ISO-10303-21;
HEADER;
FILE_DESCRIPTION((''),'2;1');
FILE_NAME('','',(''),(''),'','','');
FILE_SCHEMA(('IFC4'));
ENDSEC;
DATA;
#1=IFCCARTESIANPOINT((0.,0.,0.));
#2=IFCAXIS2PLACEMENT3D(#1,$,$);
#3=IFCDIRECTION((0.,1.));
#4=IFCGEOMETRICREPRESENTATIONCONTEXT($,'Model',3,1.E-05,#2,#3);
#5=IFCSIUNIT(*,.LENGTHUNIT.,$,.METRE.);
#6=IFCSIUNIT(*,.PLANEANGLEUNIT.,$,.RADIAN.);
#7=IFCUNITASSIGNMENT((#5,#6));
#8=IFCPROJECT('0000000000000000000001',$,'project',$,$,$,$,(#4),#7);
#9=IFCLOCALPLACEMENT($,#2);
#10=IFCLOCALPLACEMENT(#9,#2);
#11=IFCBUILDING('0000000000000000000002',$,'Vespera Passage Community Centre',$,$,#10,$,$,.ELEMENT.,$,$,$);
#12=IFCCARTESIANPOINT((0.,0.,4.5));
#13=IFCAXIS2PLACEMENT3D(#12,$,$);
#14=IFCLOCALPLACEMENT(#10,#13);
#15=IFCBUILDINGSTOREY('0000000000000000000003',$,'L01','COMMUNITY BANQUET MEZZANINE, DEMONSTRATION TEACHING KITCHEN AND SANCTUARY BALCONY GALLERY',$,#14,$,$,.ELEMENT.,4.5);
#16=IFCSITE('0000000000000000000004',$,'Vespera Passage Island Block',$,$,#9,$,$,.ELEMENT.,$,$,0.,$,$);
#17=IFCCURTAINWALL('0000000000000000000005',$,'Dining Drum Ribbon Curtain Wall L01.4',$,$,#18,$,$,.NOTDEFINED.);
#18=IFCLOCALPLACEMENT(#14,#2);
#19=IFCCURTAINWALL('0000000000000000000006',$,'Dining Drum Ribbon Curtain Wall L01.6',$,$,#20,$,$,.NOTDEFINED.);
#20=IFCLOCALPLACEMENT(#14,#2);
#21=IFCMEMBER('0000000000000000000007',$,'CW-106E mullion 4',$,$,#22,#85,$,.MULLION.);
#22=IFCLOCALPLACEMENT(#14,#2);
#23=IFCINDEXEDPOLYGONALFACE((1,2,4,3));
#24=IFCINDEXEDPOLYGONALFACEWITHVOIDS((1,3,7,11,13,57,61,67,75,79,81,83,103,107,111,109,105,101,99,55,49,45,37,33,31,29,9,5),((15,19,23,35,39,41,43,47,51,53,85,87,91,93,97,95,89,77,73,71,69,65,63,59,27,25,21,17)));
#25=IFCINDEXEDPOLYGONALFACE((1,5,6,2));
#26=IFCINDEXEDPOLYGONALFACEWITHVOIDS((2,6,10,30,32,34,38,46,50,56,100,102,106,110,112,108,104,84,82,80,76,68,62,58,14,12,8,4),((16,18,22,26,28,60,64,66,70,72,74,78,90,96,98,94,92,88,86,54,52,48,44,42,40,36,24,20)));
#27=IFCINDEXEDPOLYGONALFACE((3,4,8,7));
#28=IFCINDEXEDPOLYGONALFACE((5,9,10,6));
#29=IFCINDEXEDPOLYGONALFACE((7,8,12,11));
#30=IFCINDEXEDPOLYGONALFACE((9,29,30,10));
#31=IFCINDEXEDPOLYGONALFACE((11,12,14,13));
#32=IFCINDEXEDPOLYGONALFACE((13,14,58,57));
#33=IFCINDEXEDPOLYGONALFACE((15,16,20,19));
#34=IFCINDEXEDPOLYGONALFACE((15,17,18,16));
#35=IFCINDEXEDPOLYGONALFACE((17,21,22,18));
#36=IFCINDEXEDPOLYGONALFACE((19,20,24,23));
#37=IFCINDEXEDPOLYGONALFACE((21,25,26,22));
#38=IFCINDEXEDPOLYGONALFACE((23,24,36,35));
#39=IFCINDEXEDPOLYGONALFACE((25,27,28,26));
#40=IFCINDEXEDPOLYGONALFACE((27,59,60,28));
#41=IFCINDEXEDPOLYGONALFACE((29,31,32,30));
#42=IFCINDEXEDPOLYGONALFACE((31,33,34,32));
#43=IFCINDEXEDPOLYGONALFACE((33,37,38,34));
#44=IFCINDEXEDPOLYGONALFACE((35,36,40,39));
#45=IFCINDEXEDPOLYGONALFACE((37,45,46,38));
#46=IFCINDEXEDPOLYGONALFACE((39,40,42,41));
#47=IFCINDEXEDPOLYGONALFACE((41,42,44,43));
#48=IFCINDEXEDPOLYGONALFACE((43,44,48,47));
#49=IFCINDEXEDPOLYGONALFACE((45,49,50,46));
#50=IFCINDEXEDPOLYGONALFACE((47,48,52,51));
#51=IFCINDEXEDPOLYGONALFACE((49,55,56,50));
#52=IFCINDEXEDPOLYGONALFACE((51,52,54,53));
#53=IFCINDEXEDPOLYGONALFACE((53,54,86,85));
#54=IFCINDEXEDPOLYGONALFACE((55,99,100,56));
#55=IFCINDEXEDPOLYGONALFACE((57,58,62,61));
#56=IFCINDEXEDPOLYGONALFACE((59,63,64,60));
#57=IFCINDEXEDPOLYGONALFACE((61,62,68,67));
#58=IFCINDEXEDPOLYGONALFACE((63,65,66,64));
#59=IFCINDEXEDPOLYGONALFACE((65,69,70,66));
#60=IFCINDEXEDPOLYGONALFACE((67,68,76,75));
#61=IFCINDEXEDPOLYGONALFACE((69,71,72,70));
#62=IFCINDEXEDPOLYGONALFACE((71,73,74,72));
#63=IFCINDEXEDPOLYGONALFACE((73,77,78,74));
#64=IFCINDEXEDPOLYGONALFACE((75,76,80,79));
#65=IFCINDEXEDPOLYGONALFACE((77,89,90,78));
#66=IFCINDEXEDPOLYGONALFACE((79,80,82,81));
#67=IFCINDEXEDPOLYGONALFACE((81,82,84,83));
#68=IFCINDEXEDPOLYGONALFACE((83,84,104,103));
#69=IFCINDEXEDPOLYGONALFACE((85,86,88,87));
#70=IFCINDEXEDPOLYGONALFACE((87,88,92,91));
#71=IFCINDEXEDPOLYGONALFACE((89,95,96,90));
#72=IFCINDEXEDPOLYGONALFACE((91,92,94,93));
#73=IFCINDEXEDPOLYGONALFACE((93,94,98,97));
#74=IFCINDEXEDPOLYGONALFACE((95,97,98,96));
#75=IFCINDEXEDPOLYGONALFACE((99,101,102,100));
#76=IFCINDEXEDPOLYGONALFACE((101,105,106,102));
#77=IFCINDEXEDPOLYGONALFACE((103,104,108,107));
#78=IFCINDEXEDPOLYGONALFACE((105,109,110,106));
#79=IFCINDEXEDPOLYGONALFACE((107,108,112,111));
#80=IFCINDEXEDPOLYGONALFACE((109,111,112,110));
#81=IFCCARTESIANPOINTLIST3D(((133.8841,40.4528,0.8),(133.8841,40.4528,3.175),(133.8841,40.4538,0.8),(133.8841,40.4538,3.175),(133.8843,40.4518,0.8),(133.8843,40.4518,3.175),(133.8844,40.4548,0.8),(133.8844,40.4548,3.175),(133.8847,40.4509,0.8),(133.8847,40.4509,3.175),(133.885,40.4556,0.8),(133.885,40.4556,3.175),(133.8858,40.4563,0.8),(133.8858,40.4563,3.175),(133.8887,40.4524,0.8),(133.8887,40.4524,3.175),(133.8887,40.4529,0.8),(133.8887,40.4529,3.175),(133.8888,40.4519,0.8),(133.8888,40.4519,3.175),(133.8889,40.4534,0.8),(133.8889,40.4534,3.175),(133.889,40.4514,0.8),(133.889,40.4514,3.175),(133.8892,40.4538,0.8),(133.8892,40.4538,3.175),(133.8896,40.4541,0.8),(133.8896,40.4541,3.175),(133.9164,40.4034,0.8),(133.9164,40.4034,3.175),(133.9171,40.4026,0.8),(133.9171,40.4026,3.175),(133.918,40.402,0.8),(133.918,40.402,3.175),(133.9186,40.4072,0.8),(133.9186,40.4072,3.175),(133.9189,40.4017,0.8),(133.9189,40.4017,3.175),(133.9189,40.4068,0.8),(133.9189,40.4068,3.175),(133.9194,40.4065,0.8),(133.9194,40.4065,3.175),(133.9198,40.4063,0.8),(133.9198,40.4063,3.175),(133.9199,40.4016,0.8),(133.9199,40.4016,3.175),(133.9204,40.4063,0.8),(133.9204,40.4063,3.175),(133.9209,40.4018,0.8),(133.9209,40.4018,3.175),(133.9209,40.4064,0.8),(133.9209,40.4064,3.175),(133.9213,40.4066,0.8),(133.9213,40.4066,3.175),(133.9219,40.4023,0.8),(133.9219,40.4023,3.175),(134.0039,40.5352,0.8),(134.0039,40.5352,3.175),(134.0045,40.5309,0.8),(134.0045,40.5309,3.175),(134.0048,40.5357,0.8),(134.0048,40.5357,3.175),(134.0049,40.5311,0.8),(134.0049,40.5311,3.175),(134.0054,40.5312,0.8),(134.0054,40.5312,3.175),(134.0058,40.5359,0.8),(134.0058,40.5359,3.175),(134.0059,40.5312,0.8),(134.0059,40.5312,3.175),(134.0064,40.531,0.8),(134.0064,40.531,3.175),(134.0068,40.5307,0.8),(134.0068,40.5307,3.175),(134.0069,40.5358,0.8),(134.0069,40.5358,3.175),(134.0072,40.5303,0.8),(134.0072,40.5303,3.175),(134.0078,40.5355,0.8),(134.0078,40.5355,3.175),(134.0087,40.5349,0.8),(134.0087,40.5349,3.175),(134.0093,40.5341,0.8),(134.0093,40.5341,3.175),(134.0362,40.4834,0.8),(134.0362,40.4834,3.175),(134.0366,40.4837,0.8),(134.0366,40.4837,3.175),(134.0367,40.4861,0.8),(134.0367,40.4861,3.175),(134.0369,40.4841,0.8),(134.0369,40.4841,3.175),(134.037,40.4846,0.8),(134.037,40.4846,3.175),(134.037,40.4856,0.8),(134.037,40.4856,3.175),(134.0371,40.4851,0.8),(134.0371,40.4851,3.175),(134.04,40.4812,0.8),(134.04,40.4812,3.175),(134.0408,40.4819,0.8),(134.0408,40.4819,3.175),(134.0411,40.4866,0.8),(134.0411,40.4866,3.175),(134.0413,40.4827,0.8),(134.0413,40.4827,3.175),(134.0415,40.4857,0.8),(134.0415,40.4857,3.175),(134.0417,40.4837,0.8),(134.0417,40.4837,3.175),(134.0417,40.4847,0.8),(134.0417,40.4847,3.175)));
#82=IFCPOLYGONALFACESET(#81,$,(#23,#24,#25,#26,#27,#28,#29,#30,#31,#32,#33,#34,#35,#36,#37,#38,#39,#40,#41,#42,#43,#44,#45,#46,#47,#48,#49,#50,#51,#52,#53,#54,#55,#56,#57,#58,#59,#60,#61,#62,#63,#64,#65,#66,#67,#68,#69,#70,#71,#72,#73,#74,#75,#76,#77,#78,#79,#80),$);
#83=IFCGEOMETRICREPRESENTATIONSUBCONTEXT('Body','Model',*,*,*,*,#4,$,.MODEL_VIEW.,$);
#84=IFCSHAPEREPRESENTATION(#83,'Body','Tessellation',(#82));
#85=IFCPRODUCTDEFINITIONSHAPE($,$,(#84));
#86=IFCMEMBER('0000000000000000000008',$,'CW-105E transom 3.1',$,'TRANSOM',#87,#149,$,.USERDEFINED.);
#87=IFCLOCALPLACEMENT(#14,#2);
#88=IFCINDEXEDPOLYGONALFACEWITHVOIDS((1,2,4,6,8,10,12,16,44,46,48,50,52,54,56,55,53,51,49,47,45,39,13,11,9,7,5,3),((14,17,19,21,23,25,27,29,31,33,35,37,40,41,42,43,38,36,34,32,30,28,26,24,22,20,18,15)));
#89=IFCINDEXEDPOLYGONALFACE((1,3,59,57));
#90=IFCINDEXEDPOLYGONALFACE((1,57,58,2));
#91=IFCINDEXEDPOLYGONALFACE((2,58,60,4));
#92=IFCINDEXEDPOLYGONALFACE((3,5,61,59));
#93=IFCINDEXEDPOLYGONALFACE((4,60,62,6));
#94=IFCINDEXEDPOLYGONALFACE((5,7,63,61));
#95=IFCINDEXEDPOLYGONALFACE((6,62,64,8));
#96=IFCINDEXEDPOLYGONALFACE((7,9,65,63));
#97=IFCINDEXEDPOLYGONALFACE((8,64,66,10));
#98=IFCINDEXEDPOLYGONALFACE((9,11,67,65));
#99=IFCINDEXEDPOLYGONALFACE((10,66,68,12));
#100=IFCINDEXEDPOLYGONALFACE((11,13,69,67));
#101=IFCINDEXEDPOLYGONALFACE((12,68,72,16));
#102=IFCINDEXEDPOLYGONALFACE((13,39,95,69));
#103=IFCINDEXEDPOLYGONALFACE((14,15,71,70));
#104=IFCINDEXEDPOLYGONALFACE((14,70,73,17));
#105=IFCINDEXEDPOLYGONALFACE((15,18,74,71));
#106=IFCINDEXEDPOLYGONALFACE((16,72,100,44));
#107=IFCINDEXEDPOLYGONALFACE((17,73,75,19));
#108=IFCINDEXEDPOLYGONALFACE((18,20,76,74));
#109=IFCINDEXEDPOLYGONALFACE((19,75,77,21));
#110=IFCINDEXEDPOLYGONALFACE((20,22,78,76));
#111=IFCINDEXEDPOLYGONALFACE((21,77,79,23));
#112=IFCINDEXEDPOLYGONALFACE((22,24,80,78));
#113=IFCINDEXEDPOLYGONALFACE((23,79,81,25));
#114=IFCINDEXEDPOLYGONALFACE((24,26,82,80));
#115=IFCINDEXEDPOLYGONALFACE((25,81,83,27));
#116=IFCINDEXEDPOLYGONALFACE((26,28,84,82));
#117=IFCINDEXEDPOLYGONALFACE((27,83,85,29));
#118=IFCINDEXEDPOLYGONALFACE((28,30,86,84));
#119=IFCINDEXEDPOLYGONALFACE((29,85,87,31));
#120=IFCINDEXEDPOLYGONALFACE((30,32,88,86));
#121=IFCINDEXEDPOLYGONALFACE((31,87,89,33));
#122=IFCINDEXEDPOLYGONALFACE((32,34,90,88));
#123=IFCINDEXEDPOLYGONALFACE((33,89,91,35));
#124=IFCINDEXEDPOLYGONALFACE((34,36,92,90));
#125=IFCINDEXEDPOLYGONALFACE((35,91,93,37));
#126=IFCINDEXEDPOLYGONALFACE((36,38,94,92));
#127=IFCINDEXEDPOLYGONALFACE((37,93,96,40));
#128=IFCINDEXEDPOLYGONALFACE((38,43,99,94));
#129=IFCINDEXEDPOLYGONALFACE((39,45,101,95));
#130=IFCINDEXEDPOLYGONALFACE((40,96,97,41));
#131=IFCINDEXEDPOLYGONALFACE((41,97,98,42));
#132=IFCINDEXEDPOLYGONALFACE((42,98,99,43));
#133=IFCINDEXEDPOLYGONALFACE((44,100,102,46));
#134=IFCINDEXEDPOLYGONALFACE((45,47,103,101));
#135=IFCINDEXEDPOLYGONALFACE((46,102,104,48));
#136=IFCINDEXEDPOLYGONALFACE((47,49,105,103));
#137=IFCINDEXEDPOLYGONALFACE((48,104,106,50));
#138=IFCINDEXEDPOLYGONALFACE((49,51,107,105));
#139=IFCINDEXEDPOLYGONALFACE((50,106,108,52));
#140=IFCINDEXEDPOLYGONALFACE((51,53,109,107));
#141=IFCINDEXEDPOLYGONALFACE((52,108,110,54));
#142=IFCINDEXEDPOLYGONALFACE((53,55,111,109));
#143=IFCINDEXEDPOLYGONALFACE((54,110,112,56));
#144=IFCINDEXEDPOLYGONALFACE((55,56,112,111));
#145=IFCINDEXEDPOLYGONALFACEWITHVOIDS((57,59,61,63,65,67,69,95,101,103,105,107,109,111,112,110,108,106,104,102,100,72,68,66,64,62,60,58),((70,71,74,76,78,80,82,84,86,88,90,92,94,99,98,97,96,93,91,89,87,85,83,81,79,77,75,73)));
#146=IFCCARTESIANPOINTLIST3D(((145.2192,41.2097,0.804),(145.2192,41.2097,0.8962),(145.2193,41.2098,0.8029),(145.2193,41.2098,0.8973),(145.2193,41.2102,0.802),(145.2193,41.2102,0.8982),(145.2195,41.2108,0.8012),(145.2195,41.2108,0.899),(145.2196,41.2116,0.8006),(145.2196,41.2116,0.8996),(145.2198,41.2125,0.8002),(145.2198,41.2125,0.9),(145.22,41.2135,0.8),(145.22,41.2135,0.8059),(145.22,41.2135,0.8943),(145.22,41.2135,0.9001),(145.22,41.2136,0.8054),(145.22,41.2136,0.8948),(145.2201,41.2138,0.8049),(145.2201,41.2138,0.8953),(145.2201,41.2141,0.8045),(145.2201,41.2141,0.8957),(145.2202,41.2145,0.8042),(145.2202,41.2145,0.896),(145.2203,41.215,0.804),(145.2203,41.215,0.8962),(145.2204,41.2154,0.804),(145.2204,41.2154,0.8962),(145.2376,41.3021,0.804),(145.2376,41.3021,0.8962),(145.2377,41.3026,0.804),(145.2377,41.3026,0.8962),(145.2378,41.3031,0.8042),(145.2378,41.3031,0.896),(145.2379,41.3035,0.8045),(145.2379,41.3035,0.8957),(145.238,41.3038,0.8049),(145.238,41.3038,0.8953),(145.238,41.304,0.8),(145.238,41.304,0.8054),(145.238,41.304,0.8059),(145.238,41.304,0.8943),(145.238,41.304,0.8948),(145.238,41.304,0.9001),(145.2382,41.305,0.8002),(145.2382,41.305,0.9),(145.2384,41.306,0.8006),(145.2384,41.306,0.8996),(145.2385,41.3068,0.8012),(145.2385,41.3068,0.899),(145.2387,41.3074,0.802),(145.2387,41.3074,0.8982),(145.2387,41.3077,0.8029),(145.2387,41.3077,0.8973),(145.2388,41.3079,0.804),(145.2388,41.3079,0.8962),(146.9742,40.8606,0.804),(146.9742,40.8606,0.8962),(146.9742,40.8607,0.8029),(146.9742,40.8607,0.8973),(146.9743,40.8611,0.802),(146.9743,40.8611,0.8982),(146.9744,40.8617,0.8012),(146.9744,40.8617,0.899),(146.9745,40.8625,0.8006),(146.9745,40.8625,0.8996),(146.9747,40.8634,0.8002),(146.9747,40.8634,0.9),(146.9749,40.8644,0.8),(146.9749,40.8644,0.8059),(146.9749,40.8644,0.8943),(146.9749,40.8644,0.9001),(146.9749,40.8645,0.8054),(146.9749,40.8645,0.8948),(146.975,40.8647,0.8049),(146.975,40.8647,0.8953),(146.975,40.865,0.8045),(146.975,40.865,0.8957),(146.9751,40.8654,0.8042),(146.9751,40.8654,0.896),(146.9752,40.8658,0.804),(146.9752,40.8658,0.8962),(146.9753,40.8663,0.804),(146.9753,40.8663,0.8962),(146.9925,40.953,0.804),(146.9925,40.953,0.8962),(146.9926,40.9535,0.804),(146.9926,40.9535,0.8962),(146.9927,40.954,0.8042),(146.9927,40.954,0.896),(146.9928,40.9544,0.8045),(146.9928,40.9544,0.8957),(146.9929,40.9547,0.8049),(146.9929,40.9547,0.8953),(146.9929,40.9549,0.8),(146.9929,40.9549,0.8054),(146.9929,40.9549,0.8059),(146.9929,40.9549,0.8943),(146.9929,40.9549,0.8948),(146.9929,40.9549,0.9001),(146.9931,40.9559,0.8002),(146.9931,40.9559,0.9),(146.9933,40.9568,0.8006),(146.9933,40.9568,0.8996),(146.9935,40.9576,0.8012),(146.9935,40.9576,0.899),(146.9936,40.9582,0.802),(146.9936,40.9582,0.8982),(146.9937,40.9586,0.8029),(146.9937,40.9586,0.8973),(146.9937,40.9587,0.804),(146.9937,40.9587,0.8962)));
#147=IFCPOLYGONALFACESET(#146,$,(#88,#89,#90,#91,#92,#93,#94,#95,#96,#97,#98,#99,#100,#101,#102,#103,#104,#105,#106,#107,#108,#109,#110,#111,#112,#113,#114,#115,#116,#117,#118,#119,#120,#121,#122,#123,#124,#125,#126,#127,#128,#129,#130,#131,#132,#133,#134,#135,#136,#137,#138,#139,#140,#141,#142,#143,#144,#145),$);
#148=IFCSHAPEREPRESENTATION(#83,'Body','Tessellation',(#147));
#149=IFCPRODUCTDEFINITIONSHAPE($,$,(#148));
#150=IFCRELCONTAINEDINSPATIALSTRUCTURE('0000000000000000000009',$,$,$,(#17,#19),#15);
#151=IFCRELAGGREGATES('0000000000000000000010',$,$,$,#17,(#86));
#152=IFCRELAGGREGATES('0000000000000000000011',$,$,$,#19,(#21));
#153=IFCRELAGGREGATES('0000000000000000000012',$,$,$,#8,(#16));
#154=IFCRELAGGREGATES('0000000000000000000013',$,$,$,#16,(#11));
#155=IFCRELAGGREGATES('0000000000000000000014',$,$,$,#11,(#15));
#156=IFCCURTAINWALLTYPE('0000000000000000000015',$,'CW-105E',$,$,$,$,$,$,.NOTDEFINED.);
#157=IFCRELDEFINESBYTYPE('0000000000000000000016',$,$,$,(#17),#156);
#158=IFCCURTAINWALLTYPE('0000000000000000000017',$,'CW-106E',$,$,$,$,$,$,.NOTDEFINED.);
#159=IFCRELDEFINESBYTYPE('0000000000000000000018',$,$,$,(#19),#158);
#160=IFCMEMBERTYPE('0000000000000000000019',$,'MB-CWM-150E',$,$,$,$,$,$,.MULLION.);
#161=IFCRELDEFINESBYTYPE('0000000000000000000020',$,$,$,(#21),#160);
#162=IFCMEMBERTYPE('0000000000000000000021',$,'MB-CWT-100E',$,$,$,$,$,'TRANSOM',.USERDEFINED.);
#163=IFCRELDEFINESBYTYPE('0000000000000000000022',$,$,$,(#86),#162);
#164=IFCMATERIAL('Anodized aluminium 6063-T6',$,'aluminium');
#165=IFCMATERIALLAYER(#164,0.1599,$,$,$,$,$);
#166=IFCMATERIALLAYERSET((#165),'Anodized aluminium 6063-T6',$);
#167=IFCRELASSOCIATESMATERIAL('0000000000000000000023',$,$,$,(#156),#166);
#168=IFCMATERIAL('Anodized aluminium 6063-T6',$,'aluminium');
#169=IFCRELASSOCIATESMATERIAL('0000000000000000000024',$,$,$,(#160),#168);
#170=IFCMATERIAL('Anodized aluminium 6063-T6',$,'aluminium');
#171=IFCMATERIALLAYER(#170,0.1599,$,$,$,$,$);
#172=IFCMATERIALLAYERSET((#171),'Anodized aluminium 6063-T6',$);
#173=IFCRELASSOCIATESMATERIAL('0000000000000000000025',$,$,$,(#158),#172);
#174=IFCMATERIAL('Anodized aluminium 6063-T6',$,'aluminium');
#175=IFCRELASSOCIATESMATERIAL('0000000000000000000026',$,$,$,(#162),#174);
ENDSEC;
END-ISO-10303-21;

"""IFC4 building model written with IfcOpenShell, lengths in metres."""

from ifc_helpers import new_model, si_unit, direction, frame, origin, origin_2d, place, context, subcontext, project, spatial, hollow_rectangle, extrude, material, layer, layer_set, material_profile, profile_set, type_object, element, aggregate, save


model = new_model("IFC4")

# Units and contexts
model_context = context("Model", 3, precision=1e-05, world=origin(), true_north=direction((0.0, 1.0)))
body_context = subcontext(model_context, "Body", "Model", "MODEL_VIEW")
ifc_project = project(units=[si_unit("LENGTHUNIT", "METRE"), si_unit("PLANEANGLEUNIT", "RADIAN")], contexts=[model_context])

# Site, building, storey
site_placement = place(None, origin())
site = spatial("IfcSite", under=ifc_project, at=site_placement, Name="Vespera Passage Island Block", CompositionType="ELEMENT", RefElevation=0.0)
building_placement = place(site_placement, origin())
building = spatial("IfcBuilding", under=site, at=building_placement, Name="Vespera Passage Community Centre", CompositionType="ELEMENT")
storey_placement = place(building_placement, frame((0.0, 0.0, 4.5)))
storey = spatial("IfcBuildingStorey", under=building, at=storey_placement, Name="L01", Description="COMMUNITY BANQUET MEZZANINE, DEMONSTRATION TEACHING KITCHEN AND SANCTUARY BALCONY GALLERY", CompositionType="ELEMENT", Elevation=4.5)

# Curtain wall
ifc_material_1 = material(Name="Anodized aluminium 6063-T6", Category="aluminium")
ifc_layer_1 = layer(ifc_material_1, 0.1599)
ifc_layer_set_1 = layer_set([ifc_layer_1], Name="Anodized aluminium 6063-T6")
curtain_wall_type_1 = type_object("IfcCurtainWallType", Name="CW-105E", PredefinedType="NOTDEFINED", material=ifc_layer_set_1)
curtain_wall_1_placement = place(storey_placement, origin())
curtain_wall_1 = element("IfcCurtainWall", 1, at=curtain_wall_1_placement, inside=storey, type_object=curtain_wall_type_1, Name="Dining Drum Ribbon Curtain Wall L01.4", PredefinedType="NOTDEFINED")
ifc_material_2 = material(Name="Anodized aluminium 6063-T6", Category="aluminium")
ifc_material_profile_1 = material_profile(ifc_material_2, hollow_rectangle(XDim=0.0649, YDim=0.1499, WallThickness=0.0039, InnerFilletRadius=0.002, OuterFilletRadius=0.0039, at=origin_2d()), Name="ALU150X65X4")
ifc_profile_set_1 = profile_set([ifc_material_profile_1], Name="Anodized aluminium 6063-T6")
member_type_1 = type_object("IfcMemberType", Name="MB-CWM-150E", PredefinedType="MULLION", material=ifc_profile_set_1)

# Curtain wall, member
ifc_material_3 = material(Name="Anodized aluminium 6063-T6", Category="aluminium")
ifc_layer_2 = layer(ifc_material_3, 0.1599)
ifc_layer_set_2 = layer_set([ifc_layer_2], Name="Anodized aluminium 6063-T6")
curtain_wall_type_2 = type_object("IfcCurtainWallType", Name="CW-106E", PredefinedType="NOTDEFINED", material=ifc_layer_set_2)
curtain_wall_2_placement = place(storey_placement, origin())
curtain_wall_2 = element("IfcCurtainWall", 2, at=curtain_wall_2_placement, inside=storey, type_object=curtain_wall_type_2, Name="Dining Drum Ribbon Curtain Wall L01.6", PredefinedType="NOTDEFINED")
member_1_placement = place(storey_placement, frame((133.9629, 40.4688, 0.8), z_axis=(0.0, 0.0, 1.0), x_axis=(-0.555565, 0.831473, 0.0)))
member_1 = element("IfcMember", 3, at=member_1_placement, type_object=member_type_1, Name="CW-106E mullion 4", PredefinedType="MULLION", context=body_context, shape_type="SweptSolid", body=[
    extrude(hollow_rectangle(XDim=0.0649, YDim=0.1499, WallThickness=0.0039, InnerFilletRadius=0.002, OuterFilletRadius=0.0039, at=origin_2d()), origin(), (0.0, 0.0, 1.0), 2.375),
])

# Member
ifc_material_4 = material(Name="Anodized aluminium 6063-T6", Category="aluminium")
ifc_material_profile_2 = material_profile(ifc_material_4, hollow_rectangle(XDim=0.1001, YDim=0.1001, WallThickness=0.0039, InnerFilletRadius=0.002, OuterFilletRadius=0.0039, at=origin_2d()), Name="ALU100X100X4")
ifc_profile_set_2 = profile_set([ifc_material_profile_2], Name="Anodized aluminium 6063-T6")
member_type_2 = type_object("IfcMemberType", Name="MB-CWT-100E", ElementType="TRANSOM", PredefinedType="USERDEFINED", material=ifc_profile_set_2)
member_2_placement = place(storey_placement, frame((145.229, 41.2588, 0.8501), z_axis=(0.98078, -0.195119, 0.0), x_axis=(0.195119, 0.98078, 0.0)))
member_2 = element("IfcMember", 4, at=member_2_placement, type_object=member_type_2, Name="CW-105E transom 3.1", ObjectType="TRANSOM", PredefinedType="USERDEFINED", context=body_context, shape_type="SweptSolid", body=[
    extrude(hollow_rectangle(XDim=0.1001, YDim=0.1001, WallThickness=0.0039, InnerFilletRadius=0.002, OuterFilletRadius=0.0039, at=origin_2d()), origin(), (0.0, 0.0, 1.0), 1.7893),
])

aggregate(curtain_wall_1, [member_2])
aggregate(curtain_wall_2, [member_1])

save(model, "model.ifc")
